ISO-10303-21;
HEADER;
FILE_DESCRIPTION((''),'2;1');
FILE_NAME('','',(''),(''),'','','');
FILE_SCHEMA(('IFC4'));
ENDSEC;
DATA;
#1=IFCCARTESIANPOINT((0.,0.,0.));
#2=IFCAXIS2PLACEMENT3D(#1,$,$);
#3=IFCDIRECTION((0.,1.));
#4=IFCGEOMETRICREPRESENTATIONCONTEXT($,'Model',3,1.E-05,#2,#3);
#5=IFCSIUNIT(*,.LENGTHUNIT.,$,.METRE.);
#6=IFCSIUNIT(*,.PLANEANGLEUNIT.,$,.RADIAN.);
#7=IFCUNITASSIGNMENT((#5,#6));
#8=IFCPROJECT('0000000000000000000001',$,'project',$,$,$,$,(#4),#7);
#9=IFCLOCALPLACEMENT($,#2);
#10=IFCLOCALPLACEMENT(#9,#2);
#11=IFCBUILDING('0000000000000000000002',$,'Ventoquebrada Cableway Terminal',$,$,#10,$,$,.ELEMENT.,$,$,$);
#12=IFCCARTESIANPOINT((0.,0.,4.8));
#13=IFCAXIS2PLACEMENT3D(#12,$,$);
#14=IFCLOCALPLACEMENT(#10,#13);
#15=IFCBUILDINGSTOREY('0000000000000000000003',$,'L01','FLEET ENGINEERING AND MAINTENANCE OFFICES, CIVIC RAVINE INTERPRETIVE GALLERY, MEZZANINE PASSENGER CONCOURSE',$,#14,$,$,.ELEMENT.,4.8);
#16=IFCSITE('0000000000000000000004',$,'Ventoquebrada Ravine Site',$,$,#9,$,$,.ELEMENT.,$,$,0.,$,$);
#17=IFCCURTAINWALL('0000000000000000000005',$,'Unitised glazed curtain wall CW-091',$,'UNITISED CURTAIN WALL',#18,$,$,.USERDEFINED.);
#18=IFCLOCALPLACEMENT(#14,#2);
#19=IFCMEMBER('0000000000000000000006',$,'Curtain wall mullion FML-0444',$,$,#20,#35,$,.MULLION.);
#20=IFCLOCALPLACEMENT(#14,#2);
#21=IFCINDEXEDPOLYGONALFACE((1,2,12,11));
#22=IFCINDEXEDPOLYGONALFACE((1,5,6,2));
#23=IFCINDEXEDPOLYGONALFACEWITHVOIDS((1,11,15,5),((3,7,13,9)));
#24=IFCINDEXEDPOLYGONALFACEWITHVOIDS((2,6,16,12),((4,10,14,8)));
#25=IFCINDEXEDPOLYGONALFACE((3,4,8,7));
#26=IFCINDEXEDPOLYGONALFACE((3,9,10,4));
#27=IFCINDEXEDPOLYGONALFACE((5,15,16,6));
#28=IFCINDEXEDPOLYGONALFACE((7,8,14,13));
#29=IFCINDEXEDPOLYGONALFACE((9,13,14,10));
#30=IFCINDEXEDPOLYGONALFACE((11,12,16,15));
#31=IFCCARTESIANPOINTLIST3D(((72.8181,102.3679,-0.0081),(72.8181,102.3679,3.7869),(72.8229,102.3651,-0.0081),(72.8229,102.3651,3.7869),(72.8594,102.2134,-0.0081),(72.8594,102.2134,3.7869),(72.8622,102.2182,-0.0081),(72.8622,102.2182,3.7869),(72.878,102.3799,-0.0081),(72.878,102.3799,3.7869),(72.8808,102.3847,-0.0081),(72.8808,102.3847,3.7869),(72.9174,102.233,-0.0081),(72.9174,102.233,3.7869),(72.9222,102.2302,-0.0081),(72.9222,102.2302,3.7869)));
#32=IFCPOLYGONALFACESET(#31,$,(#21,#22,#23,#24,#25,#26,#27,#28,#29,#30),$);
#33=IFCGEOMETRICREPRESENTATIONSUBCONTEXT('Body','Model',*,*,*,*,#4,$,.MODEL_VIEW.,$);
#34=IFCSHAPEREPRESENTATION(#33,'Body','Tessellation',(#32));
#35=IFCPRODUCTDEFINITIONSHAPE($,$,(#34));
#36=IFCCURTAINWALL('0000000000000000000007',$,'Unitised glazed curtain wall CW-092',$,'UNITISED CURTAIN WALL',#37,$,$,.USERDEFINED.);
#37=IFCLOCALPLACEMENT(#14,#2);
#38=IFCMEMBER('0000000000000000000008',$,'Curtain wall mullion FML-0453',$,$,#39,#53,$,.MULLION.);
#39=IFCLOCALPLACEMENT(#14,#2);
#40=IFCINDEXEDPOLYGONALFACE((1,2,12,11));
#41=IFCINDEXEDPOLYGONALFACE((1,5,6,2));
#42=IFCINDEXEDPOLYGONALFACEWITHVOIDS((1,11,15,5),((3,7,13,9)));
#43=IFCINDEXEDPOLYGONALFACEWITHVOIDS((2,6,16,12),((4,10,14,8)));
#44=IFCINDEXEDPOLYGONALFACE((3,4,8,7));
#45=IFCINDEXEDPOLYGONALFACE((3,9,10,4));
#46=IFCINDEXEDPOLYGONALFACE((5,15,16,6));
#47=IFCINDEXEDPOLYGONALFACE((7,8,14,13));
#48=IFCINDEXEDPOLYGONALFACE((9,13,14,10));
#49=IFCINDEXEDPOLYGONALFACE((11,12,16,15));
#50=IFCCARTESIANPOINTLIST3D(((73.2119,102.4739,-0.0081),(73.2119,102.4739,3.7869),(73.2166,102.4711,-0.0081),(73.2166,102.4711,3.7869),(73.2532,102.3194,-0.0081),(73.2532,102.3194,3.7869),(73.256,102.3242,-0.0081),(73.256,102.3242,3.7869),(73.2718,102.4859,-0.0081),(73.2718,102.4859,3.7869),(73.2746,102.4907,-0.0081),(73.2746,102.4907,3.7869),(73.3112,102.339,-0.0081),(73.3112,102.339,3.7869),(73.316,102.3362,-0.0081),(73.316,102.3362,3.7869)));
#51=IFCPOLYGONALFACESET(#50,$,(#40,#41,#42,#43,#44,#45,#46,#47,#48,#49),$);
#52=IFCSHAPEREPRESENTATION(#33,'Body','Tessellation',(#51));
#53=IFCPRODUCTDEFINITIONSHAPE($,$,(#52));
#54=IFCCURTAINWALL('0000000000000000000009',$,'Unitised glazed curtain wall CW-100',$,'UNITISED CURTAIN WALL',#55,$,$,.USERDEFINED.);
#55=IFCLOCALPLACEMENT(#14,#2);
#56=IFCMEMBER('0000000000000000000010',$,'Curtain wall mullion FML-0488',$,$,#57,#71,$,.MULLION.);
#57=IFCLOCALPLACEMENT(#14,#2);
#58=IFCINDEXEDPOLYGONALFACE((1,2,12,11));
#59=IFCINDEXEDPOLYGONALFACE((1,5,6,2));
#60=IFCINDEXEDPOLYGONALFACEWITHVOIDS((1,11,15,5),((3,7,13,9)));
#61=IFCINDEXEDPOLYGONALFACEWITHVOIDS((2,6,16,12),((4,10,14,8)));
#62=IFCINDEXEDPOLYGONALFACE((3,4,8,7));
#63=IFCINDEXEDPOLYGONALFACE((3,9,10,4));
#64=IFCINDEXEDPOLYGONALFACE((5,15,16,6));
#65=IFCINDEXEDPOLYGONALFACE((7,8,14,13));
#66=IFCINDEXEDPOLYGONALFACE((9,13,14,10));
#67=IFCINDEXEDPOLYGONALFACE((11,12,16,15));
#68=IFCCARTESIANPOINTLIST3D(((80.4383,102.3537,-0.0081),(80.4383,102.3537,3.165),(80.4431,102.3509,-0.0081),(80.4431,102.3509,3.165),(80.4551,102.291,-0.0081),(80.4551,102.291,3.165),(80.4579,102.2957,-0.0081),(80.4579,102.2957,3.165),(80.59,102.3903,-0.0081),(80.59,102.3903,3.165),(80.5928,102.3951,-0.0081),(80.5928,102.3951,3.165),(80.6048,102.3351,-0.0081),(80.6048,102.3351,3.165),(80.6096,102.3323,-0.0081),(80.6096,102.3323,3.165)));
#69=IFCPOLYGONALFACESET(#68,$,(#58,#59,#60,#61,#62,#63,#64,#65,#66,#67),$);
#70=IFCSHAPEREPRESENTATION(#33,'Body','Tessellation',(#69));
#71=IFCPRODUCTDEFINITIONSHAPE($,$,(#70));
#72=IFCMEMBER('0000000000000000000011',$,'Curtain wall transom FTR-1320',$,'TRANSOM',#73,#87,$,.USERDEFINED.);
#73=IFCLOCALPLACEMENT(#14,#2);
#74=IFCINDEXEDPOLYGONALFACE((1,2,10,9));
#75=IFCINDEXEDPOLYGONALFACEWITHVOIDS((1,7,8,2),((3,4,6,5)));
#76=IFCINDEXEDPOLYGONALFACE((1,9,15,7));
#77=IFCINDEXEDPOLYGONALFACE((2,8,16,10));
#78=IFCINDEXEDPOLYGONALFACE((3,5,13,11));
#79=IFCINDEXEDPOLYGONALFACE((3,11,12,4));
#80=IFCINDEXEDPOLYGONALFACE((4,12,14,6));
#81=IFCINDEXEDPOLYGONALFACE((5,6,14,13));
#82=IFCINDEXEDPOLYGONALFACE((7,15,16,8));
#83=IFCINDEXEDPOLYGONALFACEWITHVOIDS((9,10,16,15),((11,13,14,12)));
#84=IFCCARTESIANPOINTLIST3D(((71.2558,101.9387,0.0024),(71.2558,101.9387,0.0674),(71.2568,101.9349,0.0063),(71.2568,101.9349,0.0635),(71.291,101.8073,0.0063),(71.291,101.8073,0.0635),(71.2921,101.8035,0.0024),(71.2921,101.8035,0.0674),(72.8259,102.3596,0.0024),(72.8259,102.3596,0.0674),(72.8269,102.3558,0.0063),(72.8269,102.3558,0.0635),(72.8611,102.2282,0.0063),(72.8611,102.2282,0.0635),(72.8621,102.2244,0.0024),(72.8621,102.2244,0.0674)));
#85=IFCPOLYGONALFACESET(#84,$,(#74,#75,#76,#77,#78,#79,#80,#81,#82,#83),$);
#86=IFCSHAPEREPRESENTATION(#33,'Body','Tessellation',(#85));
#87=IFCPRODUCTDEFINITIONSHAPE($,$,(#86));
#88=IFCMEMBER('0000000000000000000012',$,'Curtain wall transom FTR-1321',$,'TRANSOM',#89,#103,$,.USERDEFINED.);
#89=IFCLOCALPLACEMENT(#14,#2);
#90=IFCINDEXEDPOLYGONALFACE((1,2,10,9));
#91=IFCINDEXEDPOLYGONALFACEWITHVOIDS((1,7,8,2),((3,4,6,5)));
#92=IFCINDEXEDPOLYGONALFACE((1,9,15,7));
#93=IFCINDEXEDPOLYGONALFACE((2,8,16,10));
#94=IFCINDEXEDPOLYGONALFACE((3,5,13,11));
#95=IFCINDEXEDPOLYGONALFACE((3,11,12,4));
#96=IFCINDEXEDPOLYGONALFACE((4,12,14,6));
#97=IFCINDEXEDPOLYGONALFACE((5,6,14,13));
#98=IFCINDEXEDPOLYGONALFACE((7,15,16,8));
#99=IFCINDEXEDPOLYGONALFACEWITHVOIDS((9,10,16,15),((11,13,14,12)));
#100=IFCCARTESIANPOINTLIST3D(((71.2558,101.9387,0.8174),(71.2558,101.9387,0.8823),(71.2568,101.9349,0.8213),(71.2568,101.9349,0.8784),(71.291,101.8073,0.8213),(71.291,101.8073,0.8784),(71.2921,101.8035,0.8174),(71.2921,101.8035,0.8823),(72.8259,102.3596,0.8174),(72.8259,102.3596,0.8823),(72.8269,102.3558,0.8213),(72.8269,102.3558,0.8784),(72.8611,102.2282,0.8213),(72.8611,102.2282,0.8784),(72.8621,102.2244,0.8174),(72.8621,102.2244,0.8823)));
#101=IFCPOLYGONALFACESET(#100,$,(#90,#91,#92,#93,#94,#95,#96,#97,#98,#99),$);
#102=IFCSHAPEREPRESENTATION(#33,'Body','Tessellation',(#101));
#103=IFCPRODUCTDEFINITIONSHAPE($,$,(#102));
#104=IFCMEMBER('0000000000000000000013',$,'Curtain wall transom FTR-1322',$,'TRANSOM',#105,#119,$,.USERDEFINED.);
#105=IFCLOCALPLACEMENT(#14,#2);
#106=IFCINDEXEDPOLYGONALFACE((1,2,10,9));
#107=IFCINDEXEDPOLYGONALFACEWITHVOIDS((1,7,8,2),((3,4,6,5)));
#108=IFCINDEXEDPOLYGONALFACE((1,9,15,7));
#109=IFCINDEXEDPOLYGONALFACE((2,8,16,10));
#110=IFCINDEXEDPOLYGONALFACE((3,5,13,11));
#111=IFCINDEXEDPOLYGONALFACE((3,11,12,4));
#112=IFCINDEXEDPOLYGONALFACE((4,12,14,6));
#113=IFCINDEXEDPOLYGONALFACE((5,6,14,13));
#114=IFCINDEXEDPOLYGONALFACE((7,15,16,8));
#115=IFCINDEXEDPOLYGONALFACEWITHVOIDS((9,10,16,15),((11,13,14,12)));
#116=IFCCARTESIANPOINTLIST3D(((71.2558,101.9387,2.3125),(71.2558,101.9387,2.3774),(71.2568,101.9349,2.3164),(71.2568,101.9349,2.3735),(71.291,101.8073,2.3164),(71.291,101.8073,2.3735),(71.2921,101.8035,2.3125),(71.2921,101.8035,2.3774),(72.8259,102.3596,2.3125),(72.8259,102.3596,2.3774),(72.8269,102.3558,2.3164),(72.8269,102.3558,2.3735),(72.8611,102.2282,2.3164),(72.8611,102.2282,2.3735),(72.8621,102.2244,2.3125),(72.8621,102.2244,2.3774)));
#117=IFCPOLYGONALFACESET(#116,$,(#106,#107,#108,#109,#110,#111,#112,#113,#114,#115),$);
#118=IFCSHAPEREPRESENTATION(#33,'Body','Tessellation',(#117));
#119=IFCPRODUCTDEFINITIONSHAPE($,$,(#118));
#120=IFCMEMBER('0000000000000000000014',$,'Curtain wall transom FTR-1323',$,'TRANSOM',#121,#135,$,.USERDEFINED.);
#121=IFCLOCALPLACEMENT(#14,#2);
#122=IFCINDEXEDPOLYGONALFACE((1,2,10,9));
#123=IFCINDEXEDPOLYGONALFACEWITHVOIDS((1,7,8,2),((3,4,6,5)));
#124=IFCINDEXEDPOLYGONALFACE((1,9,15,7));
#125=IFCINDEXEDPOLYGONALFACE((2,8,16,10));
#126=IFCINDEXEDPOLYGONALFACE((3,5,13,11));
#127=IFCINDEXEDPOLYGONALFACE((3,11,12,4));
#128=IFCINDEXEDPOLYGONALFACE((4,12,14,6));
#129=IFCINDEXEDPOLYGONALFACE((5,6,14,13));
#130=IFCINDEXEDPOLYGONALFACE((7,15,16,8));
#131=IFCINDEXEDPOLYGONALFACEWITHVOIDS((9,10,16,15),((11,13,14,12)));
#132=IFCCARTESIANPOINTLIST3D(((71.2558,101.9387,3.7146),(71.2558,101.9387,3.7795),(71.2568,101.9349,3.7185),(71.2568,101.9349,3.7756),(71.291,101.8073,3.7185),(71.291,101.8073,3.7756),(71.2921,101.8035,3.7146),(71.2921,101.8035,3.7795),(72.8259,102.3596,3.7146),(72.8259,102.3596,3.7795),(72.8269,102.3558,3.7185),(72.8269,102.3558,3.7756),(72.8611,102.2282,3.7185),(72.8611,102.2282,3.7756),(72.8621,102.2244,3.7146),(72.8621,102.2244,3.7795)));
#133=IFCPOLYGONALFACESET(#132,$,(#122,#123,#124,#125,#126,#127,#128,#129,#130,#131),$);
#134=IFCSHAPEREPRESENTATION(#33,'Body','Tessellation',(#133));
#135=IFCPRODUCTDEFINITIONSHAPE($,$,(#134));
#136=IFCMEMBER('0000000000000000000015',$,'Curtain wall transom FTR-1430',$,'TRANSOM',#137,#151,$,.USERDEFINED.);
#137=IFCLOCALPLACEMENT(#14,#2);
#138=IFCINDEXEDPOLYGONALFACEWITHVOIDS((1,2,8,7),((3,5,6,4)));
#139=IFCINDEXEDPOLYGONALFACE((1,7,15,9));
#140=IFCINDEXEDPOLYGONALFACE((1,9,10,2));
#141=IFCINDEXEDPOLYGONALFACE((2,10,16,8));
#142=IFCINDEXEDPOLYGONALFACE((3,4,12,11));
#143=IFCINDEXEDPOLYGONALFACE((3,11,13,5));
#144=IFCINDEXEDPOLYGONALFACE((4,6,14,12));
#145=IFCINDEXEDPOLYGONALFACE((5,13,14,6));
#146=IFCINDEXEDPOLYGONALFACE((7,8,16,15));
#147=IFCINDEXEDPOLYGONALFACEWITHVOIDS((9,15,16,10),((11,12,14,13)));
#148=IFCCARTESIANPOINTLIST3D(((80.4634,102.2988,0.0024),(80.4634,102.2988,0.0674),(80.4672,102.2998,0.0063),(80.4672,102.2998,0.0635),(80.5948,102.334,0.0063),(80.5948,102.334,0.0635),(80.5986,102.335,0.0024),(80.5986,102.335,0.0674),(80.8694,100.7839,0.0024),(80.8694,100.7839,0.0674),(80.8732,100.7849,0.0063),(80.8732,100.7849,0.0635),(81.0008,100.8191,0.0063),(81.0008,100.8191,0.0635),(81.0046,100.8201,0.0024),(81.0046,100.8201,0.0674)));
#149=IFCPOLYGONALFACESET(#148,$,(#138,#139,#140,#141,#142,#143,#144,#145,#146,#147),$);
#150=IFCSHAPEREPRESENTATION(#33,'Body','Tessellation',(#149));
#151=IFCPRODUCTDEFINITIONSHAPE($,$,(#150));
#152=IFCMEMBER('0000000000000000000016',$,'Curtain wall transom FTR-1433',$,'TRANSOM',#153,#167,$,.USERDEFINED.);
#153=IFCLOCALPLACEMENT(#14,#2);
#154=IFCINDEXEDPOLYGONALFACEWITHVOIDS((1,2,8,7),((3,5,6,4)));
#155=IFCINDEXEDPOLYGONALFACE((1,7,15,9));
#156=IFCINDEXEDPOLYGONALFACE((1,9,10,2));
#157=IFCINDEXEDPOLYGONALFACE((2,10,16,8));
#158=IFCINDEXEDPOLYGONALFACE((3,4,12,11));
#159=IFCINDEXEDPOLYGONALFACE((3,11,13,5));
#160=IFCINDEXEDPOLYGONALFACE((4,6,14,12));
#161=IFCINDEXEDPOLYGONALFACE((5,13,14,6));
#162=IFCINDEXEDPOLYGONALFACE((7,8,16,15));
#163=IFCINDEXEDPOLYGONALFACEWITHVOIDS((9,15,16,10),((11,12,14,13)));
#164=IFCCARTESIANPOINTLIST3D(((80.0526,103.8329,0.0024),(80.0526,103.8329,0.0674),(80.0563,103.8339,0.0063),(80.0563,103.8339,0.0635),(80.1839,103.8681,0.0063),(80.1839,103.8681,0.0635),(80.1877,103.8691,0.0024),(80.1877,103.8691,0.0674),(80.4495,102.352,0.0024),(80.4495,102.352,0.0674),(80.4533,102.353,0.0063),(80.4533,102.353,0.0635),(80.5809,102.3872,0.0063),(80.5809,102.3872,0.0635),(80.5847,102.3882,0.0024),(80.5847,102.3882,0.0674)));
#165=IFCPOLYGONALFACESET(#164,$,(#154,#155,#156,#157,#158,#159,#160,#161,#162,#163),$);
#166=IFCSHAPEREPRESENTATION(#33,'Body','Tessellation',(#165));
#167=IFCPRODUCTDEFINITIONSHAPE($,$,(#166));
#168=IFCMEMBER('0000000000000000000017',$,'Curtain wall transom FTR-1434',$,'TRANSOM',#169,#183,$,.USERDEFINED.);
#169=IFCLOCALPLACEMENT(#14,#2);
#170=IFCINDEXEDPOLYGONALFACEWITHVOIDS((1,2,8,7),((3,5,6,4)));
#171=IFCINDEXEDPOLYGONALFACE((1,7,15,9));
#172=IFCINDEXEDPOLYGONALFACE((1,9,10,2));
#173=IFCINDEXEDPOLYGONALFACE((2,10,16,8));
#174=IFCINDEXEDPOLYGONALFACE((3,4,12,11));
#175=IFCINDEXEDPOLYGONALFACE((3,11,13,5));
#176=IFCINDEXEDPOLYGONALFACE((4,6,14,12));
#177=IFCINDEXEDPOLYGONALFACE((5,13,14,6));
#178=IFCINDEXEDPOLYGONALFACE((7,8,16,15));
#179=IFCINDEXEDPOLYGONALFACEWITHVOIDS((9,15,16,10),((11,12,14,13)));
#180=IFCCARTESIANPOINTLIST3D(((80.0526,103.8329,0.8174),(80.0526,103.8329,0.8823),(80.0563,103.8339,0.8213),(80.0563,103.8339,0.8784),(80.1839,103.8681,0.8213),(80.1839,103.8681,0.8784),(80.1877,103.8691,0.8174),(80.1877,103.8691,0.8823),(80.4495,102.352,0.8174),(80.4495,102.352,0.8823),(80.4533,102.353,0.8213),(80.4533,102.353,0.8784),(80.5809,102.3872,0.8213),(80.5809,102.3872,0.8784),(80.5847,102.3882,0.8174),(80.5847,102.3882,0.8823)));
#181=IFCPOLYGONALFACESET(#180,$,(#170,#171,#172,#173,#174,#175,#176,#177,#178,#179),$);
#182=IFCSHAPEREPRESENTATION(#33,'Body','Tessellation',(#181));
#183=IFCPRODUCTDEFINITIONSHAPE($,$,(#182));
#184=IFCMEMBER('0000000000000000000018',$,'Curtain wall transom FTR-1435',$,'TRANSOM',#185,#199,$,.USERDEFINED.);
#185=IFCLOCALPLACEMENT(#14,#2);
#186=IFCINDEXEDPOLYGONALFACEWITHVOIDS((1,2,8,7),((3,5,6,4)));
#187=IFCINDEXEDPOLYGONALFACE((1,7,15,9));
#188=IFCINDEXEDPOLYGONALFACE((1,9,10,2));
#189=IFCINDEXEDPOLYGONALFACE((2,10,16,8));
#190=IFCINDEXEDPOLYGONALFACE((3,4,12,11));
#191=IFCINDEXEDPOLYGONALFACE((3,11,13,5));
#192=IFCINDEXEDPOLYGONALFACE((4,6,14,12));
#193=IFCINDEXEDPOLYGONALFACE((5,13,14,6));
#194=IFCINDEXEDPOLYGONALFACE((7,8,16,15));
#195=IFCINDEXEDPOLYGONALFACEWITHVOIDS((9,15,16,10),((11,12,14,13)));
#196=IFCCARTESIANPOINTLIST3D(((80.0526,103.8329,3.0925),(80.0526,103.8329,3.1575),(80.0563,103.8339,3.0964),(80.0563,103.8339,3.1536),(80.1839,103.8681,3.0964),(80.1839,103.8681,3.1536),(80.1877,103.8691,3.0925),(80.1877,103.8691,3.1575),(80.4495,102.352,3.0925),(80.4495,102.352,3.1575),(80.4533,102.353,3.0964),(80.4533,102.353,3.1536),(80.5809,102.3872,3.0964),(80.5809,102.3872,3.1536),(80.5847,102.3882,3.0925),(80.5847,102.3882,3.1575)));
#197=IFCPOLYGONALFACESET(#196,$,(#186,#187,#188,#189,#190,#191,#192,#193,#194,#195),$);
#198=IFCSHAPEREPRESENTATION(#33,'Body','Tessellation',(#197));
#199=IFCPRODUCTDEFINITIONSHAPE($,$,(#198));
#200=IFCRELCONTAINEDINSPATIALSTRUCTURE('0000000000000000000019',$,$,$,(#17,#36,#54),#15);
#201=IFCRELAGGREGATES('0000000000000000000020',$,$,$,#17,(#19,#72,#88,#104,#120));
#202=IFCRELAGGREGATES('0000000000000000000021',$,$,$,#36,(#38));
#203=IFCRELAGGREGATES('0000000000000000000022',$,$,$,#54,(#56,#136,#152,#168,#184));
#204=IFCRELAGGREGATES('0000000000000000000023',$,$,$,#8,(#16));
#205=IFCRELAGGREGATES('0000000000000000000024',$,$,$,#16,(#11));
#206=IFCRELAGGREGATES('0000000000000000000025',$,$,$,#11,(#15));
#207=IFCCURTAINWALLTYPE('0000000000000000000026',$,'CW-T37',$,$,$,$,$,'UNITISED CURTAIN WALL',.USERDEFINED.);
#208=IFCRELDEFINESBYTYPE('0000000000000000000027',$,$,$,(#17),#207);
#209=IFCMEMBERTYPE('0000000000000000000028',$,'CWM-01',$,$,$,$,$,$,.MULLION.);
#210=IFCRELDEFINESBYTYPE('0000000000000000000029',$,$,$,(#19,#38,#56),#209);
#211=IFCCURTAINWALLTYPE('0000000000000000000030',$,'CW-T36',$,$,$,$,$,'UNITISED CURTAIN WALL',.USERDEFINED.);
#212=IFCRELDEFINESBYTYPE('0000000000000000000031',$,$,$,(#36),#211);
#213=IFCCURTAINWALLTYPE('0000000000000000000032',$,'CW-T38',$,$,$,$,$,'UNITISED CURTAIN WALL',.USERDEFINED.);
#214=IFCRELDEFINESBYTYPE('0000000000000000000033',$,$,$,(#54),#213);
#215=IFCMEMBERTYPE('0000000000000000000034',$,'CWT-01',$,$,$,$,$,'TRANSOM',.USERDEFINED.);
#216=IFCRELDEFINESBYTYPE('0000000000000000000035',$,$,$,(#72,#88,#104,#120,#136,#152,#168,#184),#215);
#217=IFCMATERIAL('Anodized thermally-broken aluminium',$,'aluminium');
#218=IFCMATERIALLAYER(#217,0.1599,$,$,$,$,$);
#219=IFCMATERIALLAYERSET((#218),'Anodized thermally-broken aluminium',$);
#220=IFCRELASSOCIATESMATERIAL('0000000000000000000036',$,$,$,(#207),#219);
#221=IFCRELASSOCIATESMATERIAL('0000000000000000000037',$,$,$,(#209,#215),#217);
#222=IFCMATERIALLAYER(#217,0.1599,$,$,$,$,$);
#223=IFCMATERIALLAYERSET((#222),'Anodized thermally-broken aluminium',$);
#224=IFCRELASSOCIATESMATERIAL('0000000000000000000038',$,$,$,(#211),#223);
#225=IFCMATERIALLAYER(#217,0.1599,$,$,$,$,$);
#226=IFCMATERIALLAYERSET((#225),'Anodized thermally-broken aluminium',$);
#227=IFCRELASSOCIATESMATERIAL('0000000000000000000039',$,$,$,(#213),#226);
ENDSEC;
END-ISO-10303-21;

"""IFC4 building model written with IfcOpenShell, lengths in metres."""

from ifc_helpers import new_model, si_unit, direction, frame, origin, origin_2d, place, context, subcontext, project, spatial, hollow_rectangle, extrude, material, layer, layer_set, material_profile, profile_set, type_object, element, aggregate, save


model = new_model("IFC4")

# Units and contexts
model_context = context("Model", 3, precision=1e-05, world=origin(), true_north=direction((0.0, 1.0)))
body_context = subcontext(model_context, "Body", "Model", "MODEL_VIEW")
ifc_project = project(units=[si_unit("LENGTHUNIT", "METRE"), si_unit("PLANEANGLEUNIT", "RADIAN")], contexts=[model_context])

# Site, building, storey
site_placement = place(None, origin())
site = spatial("IfcSite", under=ifc_project, at=site_placement, Name="Ventoquebrada Ravine Site", CompositionType="ELEMENT", RefElevation=0.0)
building_placement = place(site_placement, origin())
building = spatial("IfcBuilding", under=site, at=building_placement, Name="Ventoquebrada Cableway Terminal", CompositionType="ELEMENT")
storey_placement = place(building_placement, frame((0.0, 0.0, 4.8)))
storey = spatial("IfcBuildingStorey", under=building, at=storey_placement, Name="L01", Description="FLEET ENGINEERING AND MAINTENANCE OFFICES, CIVIC RAVINE INTERPRETIVE GALLERY, MEZZANINE PASSENGER CONCOURSE", CompositionType="ELEMENT", Elevation=4.8)

# Curtain walls, members
ifc_material_1 = material(Name="Anodized thermally-broken aluminium", Category="aluminium")
ifc_layer_1 = layer(ifc_material_1, 0.1599)
ifc_layer_set_1 = layer_set([ifc_layer_1], Name="Anodized thermally-broken aluminium")
curtain_wall_type_1 = type_object("IfcCurtainWallType", Name="CW-T37", ElementType="UNITISED CURTAIN WALL", PredefinedType="USERDEFINED", material=ifc_layer_set_1)
curtain_wall_1_placement = place(storey_placement, origin())
curtain_wall_1 = element("IfcCurtainWall", 1, at=curtain_wall_1_placement, inside=storey, type_object=curtain_wall_type_1, Name="Unitised glazed curtain wall CW-091", ObjectType="UNITISED CURTAIN WALL", PredefinedType="USERDEFINED")
ifc_material_profile_1 = material_profile(ifc_material_1, hollow_rectangle(XDim=0.0649, YDim=0.1599, WallThickness=0.0039, at=origin_2d()), Name="CW-MUL-65X160")
ifc_profile_set_1 = profile_set([ifc_material_profile_1], Name="Anodized thermally-broken aluminium")
member_type_1 = type_object("IfcMemberType", Name="CWM-01", PredefinedType="MULLION", material=ifc_profile_set_1)
member_1_placement = place(storey_placement, frame((72.8701, 102.2991, -0.0081), z_axis=(0.0, 0.0, 1.0), x_axis=(-0.965962, -0.258684, 0.0)))
member_1 = element("IfcMember", 2, at=member_1_placement, type_object=member_type_1, Name="Curtain wall mullion FML-0444", PredefinedType="MULLION", context=body_context, shape_type="SweptSolid", body=[
    extrude(hollow_rectangle(XDim=0.0649, YDim=0.1599, WallThickness=0.0039, at=origin_2d()), origin(), (0.0, 0.0, 1.0), 3.7949),
])
ifc_layer_2 = layer(ifc_material_1, 0.1599)
ifc_layer_set_2 = layer_set([ifc_layer_2], Name="Anodized thermally-broken aluminium")
curtain_wall_type_2 = type_object("IfcCurtainWallType", Name="CW-T36", ElementType="UNITISED CURTAIN WALL", PredefinedType="USERDEFINED", material=ifc_layer_set_2)
curtain_wall_2_placement = place(storey_placement, origin())
curtain_wall_2 = element("IfcCurtainWall", 3, at=curtain_wall_2_placement, inside=storey, type_object=curtain_wall_type_2, Name="Unitised glazed curtain wall CW-092", ObjectType="UNITISED CURTAIN WALL", PredefinedType="USERDEFINED")
member_2_placement = place(storey_placement, frame((73.2639, 102.405, -0.0081), z_axis=(0.0, 0.0, 1.0), x_axis=(-0.965935, -0.258785, 0.0)))
member_2 = element("IfcMember", 4, at=member_2_placement, type_object=member_type_1, Name="Curtain wall mullion FML-0453", PredefinedType="MULLION", context=body_context, shape_type="SweptSolid", body=[
    extrude(hollow_rectangle(XDim=0.0649, YDim=0.1599, WallThickness=0.0039, at=origin_2d()), origin(), (0.0, 0.0, 1.0), 3.7949),
])
ifc_layer_3 = layer(ifc_material_1, 0.1599)
ifc_layer_set_3 = layer_set([ifc_layer_3], Name="Anodized thermally-broken aluminium")
curtain_wall_type_3 = type_object("IfcCurtainWallType", Name="CW-T38", ElementType="UNITISED CURTAIN WALL", PredefinedType="USERDEFINED", material=ifc_layer_set_3)
curtain_wall_3_placement = place(storey_placement, origin())
curtain_wall_3 = element("IfcCurtainWall", 5, at=curtain_wall_3_placement, inside=storey, type_object=curtain_wall_type_3, Name="Unitised glazed curtain wall CW-100", ObjectType="UNITISED CURTAIN WALL", PredefinedType="USERDEFINED")
member_3_placement = place(storey_placement, frame((80.5239, 102.343, -0.0081), z_axis=(0.0, 0.0, 1.0), x_axis=(-0.258785, 0.965935, 0.0)))
member_3 = element("IfcMember", 6, at=member_3_placement, type_object=member_type_1, Name="Curtain wall mullion FML-0488", PredefinedType="MULLION", context=body_context, shape_type="SweptSolid", body=[
    extrude(hollow_rectangle(XDim=0.0649, YDim=0.1599, WallThickness=0.0039, at=origin_2d()), origin(), (0.0, 0.0, 1.0), 3.1731),
])

# Members
ifc_material_profile_2 = material_profile(ifc_material_1, hollow_rectangle(XDim=0.0649, YDim=0.1399, WallThickness=0.0039, at=origin_2d()), Name="CW-TRN-65X140")
ifc_profile_set_2 = profile_set([ifc_material_profile_2], Name="Anodized thermally-broken aluminium")
member_type_2 = type_object("IfcMemberType", Name="CWT-01", ElementType="TRANSOM", PredefinedType="USERDEFINED", material=ifc_profile_set_2)
member_4_placement = place(storey_placement, frame((72.844, 102.292, 0.0349), z_axis=(-0.965895, -0.258934, 0.0), x_axis=(0.0, 0.0, 1.0)))
member_4 = element("IfcMember", 7, at=member_4_placement, type_object=member_type_2, Name="Curtain wall transom FTR-1320", ObjectType="TRANSOM", PredefinedType="USERDEFINED", context=body_context, shape_type="SweptSolid", body=[
    extrude(hollow_rectangle(XDim=0.0649, YDim=0.1399, WallThickness=0.0039, at=origin_2d()), origin(), (0.0, 0.0, 1.0), 1.6255),
])
member_5_placement = place(storey_placement, frame((72.844, 102.292, 0.8499), z_axis=(-0.965895, -0.258934, 0.0), x_axis=(0.0, 0.0, 1.0)))
member_5 = element("IfcMember", 8, at=member_5_placement, type_object=member_type_2, Name="Curtain wall transom FTR-1321", ObjectType="TRANSOM", PredefinedType="USERDEFINED", context=body_context, shape_type="SweptSolid", body=[
    extrude(hollow_rectangle(XDim=0.0649, YDim=0.1399, WallThickness=0.0039, at=origin_2d()), origin(), (0.0, 0.0, 1.0), 1.6255),
])
member_6_placement = place(storey_placement, frame((72.844, 102.292, 2.345), z_axis=(-0.965895, -0.258934, 0.0), x_axis=(0.0, 0.0, 1.0)))
member_6 = element("IfcMember", 9, at=member_6_placement, type_object=member_type_2, Name="Curtain wall transom FTR-1322", ObjectType="TRANSOM", PredefinedType="USERDEFINED", context=body_context, shape_type="SweptSolid", body=[
    extrude(hollow_rectangle(XDim=0.0649, YDim=0.1399, WallThickness=0.0039, at=origin_2d()), origin(), (0.0, 0.0, 1.0), 1.6255),
])
member_7_placement = place(storey_placement, frame((72.844, 102.292, 3.7471), z_axis=(-0.965895, -0.258934, 0.0), x_axis=(0.0, 0.0, 1.0)))
member_7 = element("IfcMember", 10, at=member_7_placement, type_object=member_type_2, Name="Curtain wall transom FTR-1323", ObjectType="TRANSOM", PredefinedType="USERDEFINED", context=body_context, shape_type="SweptSolid", body=[
    extrude(hollow_rectangle(XDim=0.0649, YDim=0.1399, WallThickness=0.0039, at=origin_2d()), origin(), (0.0, 0.0, 1.0), 1.6255),
])
member_8_placement = place(storey_placement, frame((80.937, 100.802, 0.0349), z_axis=(-0.258874, 0.965911, 0.0), x_axis=(0.0, 0.0, 1.0)))
member_8 = element("IfcMember", 11, at=member_8_placement, type_object=member_type_2, Name="Curtain wall transom FTR-1430", ObjectType="TRANSOM", PredefinedType="USERDEFINED", context=body_context, shape_type="SweptSolid", body=[
    extrude(hollow_rectangle(XDim=0.0649, YDim=0.1399, WallThickness=0.0039, at=origin_2d()), origin(), (0.0, 0.0, 1.0), 1.5684),
])
member_9_placement = place(storey_placement, frame((80.5171, 102.3701, 0.0349), z_axis=(-0.258911, 0.965901, 0.0), x_axis=(0.0, 0.0, 1.0)))
member_9 = element("IfcMember", 12, at=member_9_placement, type_object=member_type_2, Name="Curtain wall transom FTR-1433", ObjectType="TRANSOM", PredefinedType="USERDEFINED", context=body_context, shape_type="SweptSolid", body=[
    extrude(hollow_rectangle(XDim=0.0649, YDim=0.1399, WallThickness=0.0039, at=origin_2d()), origin(), (0.0, 0.0, 1.0), 1.5332),
])
member_10_placement = place(storey_placement, frame((80.5171, 102.3701, 0.8499), z_axis=(-0.258911, 0.965901, 0.0), x_axis=(0.0, 0.0, 1.0)))
member_10 = element("IfcMember", 13, at=member_10_placement, type_object=member_type_2, Name="Curtain wall transom FTR-1434", ObjectType="TRANSOM", PredefinedType="USERDEFINED", context=body_context, shape_type="SweptSolid", body=[
    extrude(hollow_rectangle(XDim=0.0649, YDim=0.1399, WallThickness=0.0039, at=origin_2d()), origin(), (0.0, 0.0, 1.0), 1.5332),
])
member_11_placement = place(storey_placement, frame((80.5171, 102.3701, 3.125), z_axis=(-0.258911, 0.965901, 0.0), x_axis=(0.0, 0.0, 1.0)))
member_11 = element("IfcMember", 14, at=member_11_placement, type_object=member_type_2, Name="Curtain wall transom FTR-1435", ObjectType="TRANSOM", PredefinedType="USERDEFINED", context=body_context, shape_type="SweptSolid", body=[
    extrude(hollow_rectangle(XDim=0.0649, YDim=0.1399, WallThickness=0.0039, at=origin_2d()), origin(), (0.0, 0.0, 1.0), 1.5332),
])

aggregate(curtain_wall_1, [member_1, member_4, member_5, member_6, member_7])
aggregate(curtain_wall_2, [member_2])
aggregate(curtain_wall_3, [member_3, member_8, member_9, member_10, member_11])

save(model, "model.ifc")
